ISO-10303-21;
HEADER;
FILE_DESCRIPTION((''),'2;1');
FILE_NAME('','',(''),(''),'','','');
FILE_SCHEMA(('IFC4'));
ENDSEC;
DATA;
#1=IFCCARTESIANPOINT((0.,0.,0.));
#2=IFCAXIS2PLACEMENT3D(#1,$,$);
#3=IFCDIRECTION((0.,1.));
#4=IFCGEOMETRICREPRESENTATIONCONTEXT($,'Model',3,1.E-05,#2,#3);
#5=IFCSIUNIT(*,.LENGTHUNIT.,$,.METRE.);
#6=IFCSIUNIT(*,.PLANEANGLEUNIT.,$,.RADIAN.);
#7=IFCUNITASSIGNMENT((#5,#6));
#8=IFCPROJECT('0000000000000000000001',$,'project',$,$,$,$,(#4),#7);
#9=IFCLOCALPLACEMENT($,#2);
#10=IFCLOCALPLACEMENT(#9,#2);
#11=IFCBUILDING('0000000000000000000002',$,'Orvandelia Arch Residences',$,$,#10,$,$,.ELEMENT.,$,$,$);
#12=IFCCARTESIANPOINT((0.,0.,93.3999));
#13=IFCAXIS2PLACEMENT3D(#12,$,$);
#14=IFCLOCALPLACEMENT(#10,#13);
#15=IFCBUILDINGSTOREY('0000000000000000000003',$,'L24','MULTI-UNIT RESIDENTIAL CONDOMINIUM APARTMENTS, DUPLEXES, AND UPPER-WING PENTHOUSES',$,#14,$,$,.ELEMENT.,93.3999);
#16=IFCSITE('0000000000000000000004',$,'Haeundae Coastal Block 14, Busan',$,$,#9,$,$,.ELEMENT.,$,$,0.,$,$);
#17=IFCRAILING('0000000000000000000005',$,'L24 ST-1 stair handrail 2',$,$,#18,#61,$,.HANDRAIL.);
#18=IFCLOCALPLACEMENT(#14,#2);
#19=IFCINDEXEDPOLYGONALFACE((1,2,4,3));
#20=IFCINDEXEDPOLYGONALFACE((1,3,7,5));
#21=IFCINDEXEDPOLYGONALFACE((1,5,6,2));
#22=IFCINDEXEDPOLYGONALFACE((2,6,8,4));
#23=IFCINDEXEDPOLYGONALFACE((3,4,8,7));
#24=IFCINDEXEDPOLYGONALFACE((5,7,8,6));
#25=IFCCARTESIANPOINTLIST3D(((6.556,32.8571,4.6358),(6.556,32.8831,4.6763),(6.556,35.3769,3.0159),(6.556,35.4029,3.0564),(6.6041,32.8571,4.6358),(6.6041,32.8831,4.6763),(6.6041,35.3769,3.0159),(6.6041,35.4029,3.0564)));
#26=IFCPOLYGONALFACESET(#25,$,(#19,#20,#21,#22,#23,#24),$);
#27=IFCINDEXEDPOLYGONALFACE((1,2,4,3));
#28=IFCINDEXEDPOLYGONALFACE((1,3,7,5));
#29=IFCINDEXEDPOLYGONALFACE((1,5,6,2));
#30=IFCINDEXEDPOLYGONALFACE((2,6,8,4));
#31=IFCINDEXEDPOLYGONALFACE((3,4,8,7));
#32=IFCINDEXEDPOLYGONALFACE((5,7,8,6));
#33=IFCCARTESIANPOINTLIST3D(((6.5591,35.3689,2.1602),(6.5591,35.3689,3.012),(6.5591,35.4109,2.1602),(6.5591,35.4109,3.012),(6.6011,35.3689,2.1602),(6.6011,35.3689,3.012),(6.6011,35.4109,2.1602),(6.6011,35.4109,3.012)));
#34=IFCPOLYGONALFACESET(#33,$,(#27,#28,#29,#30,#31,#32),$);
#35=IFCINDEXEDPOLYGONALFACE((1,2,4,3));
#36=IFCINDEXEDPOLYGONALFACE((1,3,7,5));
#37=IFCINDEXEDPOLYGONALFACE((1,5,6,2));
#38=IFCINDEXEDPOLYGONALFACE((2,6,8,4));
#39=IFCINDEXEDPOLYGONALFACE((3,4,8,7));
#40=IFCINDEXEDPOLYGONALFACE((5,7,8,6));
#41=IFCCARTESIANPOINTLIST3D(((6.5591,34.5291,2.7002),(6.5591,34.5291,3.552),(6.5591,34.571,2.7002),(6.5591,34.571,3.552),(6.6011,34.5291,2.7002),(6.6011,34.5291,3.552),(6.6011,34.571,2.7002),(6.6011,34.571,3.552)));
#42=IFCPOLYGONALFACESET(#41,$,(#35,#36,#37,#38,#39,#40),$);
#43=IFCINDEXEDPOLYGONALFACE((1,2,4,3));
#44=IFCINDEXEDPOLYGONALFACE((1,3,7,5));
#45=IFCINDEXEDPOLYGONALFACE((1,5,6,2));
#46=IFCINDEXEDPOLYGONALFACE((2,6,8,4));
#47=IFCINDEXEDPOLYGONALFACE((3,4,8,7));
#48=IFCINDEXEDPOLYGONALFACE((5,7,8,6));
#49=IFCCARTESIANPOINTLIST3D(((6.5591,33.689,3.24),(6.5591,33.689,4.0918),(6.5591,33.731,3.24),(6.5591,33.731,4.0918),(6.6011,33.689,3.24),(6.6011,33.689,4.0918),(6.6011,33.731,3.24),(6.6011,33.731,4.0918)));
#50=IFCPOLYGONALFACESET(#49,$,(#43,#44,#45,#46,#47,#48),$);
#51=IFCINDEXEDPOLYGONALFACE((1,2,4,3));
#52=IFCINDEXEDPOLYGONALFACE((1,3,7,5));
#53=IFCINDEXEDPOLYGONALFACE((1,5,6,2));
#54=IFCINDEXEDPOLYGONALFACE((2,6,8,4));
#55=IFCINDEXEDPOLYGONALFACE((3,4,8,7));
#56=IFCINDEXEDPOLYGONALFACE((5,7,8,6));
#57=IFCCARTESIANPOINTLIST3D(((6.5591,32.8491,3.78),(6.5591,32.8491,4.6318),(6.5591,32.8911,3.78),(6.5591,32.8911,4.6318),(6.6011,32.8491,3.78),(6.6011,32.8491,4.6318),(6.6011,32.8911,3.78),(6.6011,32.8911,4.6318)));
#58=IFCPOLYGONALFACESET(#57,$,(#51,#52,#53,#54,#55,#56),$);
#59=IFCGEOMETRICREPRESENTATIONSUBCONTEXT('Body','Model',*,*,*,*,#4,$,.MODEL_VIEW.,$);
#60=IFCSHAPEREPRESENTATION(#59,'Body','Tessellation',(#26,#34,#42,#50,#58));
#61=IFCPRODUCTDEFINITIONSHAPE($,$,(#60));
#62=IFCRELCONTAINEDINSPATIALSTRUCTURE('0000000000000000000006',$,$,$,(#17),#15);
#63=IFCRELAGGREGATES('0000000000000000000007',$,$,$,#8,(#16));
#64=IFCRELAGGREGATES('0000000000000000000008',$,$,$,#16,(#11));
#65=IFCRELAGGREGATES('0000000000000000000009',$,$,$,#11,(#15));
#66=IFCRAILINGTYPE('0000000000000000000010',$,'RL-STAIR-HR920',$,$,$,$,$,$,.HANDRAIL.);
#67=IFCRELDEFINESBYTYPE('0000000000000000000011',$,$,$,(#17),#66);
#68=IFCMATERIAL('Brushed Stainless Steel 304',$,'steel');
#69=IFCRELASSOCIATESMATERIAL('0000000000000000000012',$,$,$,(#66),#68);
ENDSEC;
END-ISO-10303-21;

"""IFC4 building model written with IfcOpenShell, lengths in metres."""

from ifc_helpers import new_model, si_unit, direction, frame, origin, origin_2d, place, context, subcontext, project, spatial, rectangle, extrude, material, type_object, element, save


model = new_model("IFC4")

# Units and contexts
model_context = context("Model", 3, precision=1e-05, world=origin(), true_north=direction((0.0, 1.0)))
body_context = subcontext(model_context, "Body", "Model", "MODEL_VIEW")
ifc_project = project(units=[si_unit("LENGTHUNIT", "METRE"), si_unit("PLANEANGLEUNIT", "RADIAN")], contexts=[model_context])

# Site, building, storey
site_placement = place(None, origin())
site = spatial("IfcSite", under=ifc_project, at=site_placement, Name="Haeundae Coastal Block 14, Busan", CompositionType="ELEMENT", RefElevation=0.0)
building_placement = place(site_placement, origin())
building = spatial("IfcBuilding", under=site, at=building_placement, Name="Orvandelia Arch Residences", CompositionType="ELEMENT")
storey_placement = place(building_placement, frame((0.0, 0.0, 93.3999)))
storey = spatial("IfcBuildingStorey", under=building, at=storey_placement, Name="L24", Description="MULTI-UNIT RESIDENTIAL CONDOMINIUM APARTMENTS, DUPLEXES, AND UPPER-WING PENTHOUSES", CompositionType="ELEMENT", Elevation=93.3999)

# Railing
ifc_material_1 = material(Name="Brushed Stainless Steel 304", Category="steel")
railing_type_1 = type_object("IfcRailingType", Name="RL-STAIR-HR920", PredefinedType="HANDRAIL", material=ifc_material_1)
railing_1_placement = place(storey_placement, frame((6.5801, 35.3899, 2.1602)))
element("IfcRailing", 1, at=railing_1_placement, inside=storey, type_object=railing_type_1, Name="L24 ST-1 stair handrail 2", PredefinedType="HANDRAIL", context=body_context, shape_type="SweptSolid", body=[
    extrude(rectangle(XDim=0.0481, YDim=0.0481, at=origin_2d()), frame((0.0, 0.0, 0.876), z_axis=(0.0, -0.841176, 0.540762), x_axis=(1.0, 0.0, 0.0)), (0.0, 0.0, 1.0), 2.9956),
    extrude(rectangle(XDim=0.042, YDim=0.042, at=origin_2d()), origin(), (0.0, 0.0, 1.0), 0.8518),
    extrude(rectangle(XDim=0.042, YDim=0.042, at=origin_2d()), frame((0.0, -0.8398, 0.54)), (0.0, 0.0, 1.0), 0.8518),
    extrude(rectangle(XDim=0.042, YDim=0.042, at=origin_2d()), frame((0.0, -1.6799, 1.0798)), (0.0, 0.0, 1.0), 0.8518),
    extrude(rectangle(XDim=0.042, YDim=0.042, at=origin_2d()), frame((0.0, -2.5198, 1.6199)), (0.0, 0.0, 1.0), 0.8518),
])

save(model, "model.ifc")
